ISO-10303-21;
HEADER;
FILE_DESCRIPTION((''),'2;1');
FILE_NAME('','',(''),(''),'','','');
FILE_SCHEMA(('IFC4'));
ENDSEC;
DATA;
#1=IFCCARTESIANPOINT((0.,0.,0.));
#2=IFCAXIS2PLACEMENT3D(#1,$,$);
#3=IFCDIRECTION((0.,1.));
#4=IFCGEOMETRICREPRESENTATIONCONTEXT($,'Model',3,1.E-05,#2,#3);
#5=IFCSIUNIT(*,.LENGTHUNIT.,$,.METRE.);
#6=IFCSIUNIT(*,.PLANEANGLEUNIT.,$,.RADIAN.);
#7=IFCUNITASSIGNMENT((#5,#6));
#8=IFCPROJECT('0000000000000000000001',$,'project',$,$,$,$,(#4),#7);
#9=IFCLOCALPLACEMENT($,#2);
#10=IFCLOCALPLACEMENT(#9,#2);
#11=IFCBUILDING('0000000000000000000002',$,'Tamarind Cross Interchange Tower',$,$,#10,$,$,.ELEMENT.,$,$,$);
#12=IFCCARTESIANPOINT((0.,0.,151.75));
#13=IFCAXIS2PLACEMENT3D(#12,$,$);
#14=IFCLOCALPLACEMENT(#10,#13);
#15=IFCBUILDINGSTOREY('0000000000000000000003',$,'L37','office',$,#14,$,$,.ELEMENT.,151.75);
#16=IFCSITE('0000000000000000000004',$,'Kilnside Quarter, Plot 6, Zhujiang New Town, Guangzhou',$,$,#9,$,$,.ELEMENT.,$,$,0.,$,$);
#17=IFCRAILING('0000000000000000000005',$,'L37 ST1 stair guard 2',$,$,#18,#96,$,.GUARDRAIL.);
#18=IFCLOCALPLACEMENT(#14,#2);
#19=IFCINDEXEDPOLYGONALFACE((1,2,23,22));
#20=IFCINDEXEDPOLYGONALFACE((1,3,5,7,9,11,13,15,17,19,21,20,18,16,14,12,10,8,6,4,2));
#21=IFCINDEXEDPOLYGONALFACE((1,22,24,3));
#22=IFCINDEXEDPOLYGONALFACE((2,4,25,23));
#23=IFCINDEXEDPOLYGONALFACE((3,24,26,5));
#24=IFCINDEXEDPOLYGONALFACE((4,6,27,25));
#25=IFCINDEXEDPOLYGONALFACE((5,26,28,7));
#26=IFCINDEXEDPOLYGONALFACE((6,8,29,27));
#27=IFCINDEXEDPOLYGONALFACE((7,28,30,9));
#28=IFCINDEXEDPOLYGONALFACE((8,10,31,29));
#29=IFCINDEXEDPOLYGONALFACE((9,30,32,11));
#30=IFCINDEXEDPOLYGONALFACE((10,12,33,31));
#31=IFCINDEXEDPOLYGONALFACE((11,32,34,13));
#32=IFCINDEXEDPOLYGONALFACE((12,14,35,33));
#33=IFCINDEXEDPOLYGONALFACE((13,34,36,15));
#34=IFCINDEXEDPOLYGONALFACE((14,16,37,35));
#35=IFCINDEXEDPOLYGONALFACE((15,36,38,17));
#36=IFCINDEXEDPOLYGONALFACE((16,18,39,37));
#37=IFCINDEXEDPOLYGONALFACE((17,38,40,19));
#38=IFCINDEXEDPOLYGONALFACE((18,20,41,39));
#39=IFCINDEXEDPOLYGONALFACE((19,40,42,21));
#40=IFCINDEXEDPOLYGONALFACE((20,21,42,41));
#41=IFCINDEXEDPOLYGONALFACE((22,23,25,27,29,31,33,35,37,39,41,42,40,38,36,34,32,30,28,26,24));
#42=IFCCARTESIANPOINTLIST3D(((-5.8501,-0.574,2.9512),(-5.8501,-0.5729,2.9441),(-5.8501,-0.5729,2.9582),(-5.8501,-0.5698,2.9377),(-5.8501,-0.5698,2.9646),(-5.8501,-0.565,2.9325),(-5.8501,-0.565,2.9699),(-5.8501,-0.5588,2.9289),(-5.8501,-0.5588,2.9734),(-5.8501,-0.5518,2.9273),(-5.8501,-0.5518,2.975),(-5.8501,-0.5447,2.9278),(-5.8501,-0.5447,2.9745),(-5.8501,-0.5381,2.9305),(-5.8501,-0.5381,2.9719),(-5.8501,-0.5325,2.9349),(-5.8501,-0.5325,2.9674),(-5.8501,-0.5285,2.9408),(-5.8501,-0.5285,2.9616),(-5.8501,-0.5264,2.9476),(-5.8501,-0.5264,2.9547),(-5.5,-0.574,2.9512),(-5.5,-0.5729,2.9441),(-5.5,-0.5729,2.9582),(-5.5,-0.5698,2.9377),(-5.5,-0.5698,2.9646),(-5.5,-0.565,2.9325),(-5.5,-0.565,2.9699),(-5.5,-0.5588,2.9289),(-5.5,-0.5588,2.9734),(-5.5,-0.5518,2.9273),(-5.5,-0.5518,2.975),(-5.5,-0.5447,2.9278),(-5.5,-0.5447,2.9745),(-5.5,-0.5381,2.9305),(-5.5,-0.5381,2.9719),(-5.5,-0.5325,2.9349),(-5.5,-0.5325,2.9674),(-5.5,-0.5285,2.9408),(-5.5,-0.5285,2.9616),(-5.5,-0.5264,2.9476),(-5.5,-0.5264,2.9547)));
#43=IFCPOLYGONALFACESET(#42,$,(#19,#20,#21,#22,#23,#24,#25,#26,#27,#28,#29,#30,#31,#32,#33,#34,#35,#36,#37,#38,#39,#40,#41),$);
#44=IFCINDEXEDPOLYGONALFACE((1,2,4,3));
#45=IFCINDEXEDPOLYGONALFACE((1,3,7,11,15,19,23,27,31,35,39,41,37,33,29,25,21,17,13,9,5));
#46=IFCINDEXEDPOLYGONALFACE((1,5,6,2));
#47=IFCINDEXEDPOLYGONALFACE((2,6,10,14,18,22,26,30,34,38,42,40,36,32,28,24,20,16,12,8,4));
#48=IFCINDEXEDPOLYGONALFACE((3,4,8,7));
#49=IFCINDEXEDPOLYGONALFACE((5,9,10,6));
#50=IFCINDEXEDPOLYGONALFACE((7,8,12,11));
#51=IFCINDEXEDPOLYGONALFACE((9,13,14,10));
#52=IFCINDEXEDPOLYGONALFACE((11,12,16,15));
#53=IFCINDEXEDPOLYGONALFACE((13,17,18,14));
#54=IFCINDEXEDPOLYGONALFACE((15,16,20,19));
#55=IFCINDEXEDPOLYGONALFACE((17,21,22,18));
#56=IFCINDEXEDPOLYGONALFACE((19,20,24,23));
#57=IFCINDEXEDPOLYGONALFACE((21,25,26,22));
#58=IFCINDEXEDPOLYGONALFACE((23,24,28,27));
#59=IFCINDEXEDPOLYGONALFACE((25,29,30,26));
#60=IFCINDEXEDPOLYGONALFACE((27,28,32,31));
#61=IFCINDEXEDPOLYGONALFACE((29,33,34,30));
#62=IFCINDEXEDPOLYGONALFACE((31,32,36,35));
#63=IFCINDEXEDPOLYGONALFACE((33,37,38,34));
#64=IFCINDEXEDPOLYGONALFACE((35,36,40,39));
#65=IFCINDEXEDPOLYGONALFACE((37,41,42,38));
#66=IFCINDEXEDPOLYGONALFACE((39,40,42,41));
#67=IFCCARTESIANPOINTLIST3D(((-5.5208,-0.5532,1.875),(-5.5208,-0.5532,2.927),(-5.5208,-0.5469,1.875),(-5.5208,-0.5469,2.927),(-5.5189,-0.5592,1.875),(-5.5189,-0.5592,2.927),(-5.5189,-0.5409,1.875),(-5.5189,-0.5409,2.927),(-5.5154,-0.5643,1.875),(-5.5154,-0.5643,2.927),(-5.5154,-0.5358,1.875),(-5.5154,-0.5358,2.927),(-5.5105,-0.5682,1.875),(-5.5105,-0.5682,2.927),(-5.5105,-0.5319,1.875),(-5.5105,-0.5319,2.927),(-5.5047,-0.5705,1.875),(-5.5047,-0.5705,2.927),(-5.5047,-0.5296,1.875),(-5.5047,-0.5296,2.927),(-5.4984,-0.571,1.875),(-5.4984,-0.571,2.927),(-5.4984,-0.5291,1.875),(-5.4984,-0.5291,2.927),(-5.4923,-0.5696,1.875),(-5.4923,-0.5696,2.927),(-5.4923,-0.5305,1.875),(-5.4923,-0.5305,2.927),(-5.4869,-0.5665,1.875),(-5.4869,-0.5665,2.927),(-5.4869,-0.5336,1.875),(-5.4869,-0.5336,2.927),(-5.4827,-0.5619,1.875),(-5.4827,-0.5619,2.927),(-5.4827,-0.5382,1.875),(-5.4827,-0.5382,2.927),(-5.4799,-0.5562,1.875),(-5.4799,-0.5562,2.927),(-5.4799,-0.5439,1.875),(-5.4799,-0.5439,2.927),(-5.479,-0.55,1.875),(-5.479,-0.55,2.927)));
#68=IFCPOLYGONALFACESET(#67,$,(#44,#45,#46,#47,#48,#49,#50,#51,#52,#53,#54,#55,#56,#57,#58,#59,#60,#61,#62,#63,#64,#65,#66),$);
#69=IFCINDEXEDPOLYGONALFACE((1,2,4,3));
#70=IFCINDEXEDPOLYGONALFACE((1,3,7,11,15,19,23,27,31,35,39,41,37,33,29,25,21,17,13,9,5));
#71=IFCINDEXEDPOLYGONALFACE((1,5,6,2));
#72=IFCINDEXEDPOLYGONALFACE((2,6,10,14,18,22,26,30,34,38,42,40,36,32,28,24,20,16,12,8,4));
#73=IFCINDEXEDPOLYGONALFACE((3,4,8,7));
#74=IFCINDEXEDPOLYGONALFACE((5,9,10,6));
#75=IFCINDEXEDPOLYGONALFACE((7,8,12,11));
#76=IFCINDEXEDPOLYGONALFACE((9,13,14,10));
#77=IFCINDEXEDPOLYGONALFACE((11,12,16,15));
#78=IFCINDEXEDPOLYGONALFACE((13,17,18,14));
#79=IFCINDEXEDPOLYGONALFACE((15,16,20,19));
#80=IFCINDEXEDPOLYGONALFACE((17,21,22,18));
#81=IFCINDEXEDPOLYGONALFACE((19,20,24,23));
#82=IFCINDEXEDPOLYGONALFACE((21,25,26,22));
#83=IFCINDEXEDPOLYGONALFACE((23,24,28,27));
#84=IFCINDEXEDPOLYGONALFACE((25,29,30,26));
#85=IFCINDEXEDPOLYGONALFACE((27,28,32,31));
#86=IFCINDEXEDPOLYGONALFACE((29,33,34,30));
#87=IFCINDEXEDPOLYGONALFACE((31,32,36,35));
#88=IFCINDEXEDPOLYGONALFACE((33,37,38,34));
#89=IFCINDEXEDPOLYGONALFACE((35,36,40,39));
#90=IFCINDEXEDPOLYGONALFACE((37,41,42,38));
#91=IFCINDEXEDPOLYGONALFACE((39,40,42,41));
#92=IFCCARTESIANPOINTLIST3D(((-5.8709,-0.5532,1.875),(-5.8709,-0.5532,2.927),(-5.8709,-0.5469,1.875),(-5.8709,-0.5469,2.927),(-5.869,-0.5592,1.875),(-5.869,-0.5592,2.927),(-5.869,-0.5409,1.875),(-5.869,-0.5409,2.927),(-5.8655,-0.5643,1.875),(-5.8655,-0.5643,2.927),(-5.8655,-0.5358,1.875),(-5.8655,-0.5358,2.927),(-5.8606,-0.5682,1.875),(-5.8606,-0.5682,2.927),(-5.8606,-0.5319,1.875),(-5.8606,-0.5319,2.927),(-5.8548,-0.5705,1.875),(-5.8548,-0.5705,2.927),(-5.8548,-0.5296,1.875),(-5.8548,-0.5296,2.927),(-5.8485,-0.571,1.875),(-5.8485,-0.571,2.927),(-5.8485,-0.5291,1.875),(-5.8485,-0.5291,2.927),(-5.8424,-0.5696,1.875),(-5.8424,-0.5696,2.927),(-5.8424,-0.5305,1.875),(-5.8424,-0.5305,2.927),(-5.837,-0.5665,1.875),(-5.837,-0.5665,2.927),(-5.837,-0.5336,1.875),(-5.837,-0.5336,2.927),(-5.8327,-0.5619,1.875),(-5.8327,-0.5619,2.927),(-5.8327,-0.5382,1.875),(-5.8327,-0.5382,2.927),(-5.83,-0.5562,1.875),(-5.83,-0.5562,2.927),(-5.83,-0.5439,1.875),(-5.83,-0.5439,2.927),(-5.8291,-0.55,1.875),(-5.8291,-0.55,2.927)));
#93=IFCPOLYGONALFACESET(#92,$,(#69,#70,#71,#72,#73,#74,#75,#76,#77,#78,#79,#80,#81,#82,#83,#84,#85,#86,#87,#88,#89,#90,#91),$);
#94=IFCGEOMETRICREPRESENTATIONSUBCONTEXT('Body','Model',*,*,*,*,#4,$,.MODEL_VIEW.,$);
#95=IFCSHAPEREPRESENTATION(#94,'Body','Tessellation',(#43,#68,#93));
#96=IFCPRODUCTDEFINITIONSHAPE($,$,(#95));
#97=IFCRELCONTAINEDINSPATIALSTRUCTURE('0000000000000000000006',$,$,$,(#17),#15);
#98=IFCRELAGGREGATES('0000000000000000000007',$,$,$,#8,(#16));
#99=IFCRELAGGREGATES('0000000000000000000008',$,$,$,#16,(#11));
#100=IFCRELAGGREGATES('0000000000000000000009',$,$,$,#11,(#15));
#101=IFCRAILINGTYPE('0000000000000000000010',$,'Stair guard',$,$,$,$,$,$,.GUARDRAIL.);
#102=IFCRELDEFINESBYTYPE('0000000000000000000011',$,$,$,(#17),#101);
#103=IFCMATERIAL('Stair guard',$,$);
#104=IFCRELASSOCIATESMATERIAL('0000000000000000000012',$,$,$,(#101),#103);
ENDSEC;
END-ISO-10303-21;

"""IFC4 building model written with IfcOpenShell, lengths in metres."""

from ifc_helpers import new_model, si_unit, direction, frame, origin, origin_2d, place, context, subcontext, project, spatial, circle, extrude, material, type_object, element, save


model = new_model("IFC4")

# Units and contexts
model_context = context("Model", 3, precision=1e-05, world=origin(), true_north=direction((0.0, 1.0)))
body_context = subcontext(model_context, "Body", "Model", "MODEL_VIEW")
ifc_project = project(units=[si_unit("LENGTHUNIT", "METRE"), si_unit("PLANEANGLEUNIT", "RADIAN")], contexts=[model_context])

# Site, building, storey
site_placement = place(None, origin())
site = spatial("IfcSite", under=ifc_project, at=site_placement, Name="Kilnside Quarter, Plot 6, Zhujiang New Town, Guangzhou", CompositionType="ELEMENT", RefElevation=0.0)
building_placement = place(site_placement, origin())
building = spatial("IfcBuilding", under=site, at=building_placement, Name="Tamarind Cross Interchange Tower", CompositionType="ELEMENT")
storey_placement = place(building_placement, frame((0.0, 0.0, 151.75)))
storey = spatial("IfcBuildingStorey", under=building, at=storey_placement, Name="L37", Description="office", CompositionType="ELEMENT", Elevation=151.75)

# Railing
ifc_material_1 = material(Name="Stair guard")
railing_type_1 = type_object("IfcRailingType", Name="Stair guard", PredefinedType="GUARDRAIL", material=ifc_material_1)
railing_1_placement = place(storey_placement, frame((-5.5, -0.55, 1.875)))
element("IfcRailing", 1, at=railing_1_placement, inside=storey, type_object=railing_type_1, Name="L37 ST1 stair guard 2", PredefinedType="GUARDRAIL", context=body_context, shape_type="SweptSolid", body=[
    extrude(circle(Radius=0.0239, at=origin_2d()), frame((0.0, 0.0, 1.0762), z_axis=(-1.0, 0.0, 0.0), x_axis=(0.0, -1.0, 0.0)), (0.0, 0.0, 1.0), 0.3501),
    extrude(circle(Radius=0.021, at=origin_2d()), origin(), (0.0, 0.0, 1.0), 1.052),
    extrude(circle(Radius=0.021, at=origin_2d()), frame((-0.3501, 0.0, 0.0)), (0.0, 0.0, 1.0), 1.052),
])

save(model, "model.ifc")
